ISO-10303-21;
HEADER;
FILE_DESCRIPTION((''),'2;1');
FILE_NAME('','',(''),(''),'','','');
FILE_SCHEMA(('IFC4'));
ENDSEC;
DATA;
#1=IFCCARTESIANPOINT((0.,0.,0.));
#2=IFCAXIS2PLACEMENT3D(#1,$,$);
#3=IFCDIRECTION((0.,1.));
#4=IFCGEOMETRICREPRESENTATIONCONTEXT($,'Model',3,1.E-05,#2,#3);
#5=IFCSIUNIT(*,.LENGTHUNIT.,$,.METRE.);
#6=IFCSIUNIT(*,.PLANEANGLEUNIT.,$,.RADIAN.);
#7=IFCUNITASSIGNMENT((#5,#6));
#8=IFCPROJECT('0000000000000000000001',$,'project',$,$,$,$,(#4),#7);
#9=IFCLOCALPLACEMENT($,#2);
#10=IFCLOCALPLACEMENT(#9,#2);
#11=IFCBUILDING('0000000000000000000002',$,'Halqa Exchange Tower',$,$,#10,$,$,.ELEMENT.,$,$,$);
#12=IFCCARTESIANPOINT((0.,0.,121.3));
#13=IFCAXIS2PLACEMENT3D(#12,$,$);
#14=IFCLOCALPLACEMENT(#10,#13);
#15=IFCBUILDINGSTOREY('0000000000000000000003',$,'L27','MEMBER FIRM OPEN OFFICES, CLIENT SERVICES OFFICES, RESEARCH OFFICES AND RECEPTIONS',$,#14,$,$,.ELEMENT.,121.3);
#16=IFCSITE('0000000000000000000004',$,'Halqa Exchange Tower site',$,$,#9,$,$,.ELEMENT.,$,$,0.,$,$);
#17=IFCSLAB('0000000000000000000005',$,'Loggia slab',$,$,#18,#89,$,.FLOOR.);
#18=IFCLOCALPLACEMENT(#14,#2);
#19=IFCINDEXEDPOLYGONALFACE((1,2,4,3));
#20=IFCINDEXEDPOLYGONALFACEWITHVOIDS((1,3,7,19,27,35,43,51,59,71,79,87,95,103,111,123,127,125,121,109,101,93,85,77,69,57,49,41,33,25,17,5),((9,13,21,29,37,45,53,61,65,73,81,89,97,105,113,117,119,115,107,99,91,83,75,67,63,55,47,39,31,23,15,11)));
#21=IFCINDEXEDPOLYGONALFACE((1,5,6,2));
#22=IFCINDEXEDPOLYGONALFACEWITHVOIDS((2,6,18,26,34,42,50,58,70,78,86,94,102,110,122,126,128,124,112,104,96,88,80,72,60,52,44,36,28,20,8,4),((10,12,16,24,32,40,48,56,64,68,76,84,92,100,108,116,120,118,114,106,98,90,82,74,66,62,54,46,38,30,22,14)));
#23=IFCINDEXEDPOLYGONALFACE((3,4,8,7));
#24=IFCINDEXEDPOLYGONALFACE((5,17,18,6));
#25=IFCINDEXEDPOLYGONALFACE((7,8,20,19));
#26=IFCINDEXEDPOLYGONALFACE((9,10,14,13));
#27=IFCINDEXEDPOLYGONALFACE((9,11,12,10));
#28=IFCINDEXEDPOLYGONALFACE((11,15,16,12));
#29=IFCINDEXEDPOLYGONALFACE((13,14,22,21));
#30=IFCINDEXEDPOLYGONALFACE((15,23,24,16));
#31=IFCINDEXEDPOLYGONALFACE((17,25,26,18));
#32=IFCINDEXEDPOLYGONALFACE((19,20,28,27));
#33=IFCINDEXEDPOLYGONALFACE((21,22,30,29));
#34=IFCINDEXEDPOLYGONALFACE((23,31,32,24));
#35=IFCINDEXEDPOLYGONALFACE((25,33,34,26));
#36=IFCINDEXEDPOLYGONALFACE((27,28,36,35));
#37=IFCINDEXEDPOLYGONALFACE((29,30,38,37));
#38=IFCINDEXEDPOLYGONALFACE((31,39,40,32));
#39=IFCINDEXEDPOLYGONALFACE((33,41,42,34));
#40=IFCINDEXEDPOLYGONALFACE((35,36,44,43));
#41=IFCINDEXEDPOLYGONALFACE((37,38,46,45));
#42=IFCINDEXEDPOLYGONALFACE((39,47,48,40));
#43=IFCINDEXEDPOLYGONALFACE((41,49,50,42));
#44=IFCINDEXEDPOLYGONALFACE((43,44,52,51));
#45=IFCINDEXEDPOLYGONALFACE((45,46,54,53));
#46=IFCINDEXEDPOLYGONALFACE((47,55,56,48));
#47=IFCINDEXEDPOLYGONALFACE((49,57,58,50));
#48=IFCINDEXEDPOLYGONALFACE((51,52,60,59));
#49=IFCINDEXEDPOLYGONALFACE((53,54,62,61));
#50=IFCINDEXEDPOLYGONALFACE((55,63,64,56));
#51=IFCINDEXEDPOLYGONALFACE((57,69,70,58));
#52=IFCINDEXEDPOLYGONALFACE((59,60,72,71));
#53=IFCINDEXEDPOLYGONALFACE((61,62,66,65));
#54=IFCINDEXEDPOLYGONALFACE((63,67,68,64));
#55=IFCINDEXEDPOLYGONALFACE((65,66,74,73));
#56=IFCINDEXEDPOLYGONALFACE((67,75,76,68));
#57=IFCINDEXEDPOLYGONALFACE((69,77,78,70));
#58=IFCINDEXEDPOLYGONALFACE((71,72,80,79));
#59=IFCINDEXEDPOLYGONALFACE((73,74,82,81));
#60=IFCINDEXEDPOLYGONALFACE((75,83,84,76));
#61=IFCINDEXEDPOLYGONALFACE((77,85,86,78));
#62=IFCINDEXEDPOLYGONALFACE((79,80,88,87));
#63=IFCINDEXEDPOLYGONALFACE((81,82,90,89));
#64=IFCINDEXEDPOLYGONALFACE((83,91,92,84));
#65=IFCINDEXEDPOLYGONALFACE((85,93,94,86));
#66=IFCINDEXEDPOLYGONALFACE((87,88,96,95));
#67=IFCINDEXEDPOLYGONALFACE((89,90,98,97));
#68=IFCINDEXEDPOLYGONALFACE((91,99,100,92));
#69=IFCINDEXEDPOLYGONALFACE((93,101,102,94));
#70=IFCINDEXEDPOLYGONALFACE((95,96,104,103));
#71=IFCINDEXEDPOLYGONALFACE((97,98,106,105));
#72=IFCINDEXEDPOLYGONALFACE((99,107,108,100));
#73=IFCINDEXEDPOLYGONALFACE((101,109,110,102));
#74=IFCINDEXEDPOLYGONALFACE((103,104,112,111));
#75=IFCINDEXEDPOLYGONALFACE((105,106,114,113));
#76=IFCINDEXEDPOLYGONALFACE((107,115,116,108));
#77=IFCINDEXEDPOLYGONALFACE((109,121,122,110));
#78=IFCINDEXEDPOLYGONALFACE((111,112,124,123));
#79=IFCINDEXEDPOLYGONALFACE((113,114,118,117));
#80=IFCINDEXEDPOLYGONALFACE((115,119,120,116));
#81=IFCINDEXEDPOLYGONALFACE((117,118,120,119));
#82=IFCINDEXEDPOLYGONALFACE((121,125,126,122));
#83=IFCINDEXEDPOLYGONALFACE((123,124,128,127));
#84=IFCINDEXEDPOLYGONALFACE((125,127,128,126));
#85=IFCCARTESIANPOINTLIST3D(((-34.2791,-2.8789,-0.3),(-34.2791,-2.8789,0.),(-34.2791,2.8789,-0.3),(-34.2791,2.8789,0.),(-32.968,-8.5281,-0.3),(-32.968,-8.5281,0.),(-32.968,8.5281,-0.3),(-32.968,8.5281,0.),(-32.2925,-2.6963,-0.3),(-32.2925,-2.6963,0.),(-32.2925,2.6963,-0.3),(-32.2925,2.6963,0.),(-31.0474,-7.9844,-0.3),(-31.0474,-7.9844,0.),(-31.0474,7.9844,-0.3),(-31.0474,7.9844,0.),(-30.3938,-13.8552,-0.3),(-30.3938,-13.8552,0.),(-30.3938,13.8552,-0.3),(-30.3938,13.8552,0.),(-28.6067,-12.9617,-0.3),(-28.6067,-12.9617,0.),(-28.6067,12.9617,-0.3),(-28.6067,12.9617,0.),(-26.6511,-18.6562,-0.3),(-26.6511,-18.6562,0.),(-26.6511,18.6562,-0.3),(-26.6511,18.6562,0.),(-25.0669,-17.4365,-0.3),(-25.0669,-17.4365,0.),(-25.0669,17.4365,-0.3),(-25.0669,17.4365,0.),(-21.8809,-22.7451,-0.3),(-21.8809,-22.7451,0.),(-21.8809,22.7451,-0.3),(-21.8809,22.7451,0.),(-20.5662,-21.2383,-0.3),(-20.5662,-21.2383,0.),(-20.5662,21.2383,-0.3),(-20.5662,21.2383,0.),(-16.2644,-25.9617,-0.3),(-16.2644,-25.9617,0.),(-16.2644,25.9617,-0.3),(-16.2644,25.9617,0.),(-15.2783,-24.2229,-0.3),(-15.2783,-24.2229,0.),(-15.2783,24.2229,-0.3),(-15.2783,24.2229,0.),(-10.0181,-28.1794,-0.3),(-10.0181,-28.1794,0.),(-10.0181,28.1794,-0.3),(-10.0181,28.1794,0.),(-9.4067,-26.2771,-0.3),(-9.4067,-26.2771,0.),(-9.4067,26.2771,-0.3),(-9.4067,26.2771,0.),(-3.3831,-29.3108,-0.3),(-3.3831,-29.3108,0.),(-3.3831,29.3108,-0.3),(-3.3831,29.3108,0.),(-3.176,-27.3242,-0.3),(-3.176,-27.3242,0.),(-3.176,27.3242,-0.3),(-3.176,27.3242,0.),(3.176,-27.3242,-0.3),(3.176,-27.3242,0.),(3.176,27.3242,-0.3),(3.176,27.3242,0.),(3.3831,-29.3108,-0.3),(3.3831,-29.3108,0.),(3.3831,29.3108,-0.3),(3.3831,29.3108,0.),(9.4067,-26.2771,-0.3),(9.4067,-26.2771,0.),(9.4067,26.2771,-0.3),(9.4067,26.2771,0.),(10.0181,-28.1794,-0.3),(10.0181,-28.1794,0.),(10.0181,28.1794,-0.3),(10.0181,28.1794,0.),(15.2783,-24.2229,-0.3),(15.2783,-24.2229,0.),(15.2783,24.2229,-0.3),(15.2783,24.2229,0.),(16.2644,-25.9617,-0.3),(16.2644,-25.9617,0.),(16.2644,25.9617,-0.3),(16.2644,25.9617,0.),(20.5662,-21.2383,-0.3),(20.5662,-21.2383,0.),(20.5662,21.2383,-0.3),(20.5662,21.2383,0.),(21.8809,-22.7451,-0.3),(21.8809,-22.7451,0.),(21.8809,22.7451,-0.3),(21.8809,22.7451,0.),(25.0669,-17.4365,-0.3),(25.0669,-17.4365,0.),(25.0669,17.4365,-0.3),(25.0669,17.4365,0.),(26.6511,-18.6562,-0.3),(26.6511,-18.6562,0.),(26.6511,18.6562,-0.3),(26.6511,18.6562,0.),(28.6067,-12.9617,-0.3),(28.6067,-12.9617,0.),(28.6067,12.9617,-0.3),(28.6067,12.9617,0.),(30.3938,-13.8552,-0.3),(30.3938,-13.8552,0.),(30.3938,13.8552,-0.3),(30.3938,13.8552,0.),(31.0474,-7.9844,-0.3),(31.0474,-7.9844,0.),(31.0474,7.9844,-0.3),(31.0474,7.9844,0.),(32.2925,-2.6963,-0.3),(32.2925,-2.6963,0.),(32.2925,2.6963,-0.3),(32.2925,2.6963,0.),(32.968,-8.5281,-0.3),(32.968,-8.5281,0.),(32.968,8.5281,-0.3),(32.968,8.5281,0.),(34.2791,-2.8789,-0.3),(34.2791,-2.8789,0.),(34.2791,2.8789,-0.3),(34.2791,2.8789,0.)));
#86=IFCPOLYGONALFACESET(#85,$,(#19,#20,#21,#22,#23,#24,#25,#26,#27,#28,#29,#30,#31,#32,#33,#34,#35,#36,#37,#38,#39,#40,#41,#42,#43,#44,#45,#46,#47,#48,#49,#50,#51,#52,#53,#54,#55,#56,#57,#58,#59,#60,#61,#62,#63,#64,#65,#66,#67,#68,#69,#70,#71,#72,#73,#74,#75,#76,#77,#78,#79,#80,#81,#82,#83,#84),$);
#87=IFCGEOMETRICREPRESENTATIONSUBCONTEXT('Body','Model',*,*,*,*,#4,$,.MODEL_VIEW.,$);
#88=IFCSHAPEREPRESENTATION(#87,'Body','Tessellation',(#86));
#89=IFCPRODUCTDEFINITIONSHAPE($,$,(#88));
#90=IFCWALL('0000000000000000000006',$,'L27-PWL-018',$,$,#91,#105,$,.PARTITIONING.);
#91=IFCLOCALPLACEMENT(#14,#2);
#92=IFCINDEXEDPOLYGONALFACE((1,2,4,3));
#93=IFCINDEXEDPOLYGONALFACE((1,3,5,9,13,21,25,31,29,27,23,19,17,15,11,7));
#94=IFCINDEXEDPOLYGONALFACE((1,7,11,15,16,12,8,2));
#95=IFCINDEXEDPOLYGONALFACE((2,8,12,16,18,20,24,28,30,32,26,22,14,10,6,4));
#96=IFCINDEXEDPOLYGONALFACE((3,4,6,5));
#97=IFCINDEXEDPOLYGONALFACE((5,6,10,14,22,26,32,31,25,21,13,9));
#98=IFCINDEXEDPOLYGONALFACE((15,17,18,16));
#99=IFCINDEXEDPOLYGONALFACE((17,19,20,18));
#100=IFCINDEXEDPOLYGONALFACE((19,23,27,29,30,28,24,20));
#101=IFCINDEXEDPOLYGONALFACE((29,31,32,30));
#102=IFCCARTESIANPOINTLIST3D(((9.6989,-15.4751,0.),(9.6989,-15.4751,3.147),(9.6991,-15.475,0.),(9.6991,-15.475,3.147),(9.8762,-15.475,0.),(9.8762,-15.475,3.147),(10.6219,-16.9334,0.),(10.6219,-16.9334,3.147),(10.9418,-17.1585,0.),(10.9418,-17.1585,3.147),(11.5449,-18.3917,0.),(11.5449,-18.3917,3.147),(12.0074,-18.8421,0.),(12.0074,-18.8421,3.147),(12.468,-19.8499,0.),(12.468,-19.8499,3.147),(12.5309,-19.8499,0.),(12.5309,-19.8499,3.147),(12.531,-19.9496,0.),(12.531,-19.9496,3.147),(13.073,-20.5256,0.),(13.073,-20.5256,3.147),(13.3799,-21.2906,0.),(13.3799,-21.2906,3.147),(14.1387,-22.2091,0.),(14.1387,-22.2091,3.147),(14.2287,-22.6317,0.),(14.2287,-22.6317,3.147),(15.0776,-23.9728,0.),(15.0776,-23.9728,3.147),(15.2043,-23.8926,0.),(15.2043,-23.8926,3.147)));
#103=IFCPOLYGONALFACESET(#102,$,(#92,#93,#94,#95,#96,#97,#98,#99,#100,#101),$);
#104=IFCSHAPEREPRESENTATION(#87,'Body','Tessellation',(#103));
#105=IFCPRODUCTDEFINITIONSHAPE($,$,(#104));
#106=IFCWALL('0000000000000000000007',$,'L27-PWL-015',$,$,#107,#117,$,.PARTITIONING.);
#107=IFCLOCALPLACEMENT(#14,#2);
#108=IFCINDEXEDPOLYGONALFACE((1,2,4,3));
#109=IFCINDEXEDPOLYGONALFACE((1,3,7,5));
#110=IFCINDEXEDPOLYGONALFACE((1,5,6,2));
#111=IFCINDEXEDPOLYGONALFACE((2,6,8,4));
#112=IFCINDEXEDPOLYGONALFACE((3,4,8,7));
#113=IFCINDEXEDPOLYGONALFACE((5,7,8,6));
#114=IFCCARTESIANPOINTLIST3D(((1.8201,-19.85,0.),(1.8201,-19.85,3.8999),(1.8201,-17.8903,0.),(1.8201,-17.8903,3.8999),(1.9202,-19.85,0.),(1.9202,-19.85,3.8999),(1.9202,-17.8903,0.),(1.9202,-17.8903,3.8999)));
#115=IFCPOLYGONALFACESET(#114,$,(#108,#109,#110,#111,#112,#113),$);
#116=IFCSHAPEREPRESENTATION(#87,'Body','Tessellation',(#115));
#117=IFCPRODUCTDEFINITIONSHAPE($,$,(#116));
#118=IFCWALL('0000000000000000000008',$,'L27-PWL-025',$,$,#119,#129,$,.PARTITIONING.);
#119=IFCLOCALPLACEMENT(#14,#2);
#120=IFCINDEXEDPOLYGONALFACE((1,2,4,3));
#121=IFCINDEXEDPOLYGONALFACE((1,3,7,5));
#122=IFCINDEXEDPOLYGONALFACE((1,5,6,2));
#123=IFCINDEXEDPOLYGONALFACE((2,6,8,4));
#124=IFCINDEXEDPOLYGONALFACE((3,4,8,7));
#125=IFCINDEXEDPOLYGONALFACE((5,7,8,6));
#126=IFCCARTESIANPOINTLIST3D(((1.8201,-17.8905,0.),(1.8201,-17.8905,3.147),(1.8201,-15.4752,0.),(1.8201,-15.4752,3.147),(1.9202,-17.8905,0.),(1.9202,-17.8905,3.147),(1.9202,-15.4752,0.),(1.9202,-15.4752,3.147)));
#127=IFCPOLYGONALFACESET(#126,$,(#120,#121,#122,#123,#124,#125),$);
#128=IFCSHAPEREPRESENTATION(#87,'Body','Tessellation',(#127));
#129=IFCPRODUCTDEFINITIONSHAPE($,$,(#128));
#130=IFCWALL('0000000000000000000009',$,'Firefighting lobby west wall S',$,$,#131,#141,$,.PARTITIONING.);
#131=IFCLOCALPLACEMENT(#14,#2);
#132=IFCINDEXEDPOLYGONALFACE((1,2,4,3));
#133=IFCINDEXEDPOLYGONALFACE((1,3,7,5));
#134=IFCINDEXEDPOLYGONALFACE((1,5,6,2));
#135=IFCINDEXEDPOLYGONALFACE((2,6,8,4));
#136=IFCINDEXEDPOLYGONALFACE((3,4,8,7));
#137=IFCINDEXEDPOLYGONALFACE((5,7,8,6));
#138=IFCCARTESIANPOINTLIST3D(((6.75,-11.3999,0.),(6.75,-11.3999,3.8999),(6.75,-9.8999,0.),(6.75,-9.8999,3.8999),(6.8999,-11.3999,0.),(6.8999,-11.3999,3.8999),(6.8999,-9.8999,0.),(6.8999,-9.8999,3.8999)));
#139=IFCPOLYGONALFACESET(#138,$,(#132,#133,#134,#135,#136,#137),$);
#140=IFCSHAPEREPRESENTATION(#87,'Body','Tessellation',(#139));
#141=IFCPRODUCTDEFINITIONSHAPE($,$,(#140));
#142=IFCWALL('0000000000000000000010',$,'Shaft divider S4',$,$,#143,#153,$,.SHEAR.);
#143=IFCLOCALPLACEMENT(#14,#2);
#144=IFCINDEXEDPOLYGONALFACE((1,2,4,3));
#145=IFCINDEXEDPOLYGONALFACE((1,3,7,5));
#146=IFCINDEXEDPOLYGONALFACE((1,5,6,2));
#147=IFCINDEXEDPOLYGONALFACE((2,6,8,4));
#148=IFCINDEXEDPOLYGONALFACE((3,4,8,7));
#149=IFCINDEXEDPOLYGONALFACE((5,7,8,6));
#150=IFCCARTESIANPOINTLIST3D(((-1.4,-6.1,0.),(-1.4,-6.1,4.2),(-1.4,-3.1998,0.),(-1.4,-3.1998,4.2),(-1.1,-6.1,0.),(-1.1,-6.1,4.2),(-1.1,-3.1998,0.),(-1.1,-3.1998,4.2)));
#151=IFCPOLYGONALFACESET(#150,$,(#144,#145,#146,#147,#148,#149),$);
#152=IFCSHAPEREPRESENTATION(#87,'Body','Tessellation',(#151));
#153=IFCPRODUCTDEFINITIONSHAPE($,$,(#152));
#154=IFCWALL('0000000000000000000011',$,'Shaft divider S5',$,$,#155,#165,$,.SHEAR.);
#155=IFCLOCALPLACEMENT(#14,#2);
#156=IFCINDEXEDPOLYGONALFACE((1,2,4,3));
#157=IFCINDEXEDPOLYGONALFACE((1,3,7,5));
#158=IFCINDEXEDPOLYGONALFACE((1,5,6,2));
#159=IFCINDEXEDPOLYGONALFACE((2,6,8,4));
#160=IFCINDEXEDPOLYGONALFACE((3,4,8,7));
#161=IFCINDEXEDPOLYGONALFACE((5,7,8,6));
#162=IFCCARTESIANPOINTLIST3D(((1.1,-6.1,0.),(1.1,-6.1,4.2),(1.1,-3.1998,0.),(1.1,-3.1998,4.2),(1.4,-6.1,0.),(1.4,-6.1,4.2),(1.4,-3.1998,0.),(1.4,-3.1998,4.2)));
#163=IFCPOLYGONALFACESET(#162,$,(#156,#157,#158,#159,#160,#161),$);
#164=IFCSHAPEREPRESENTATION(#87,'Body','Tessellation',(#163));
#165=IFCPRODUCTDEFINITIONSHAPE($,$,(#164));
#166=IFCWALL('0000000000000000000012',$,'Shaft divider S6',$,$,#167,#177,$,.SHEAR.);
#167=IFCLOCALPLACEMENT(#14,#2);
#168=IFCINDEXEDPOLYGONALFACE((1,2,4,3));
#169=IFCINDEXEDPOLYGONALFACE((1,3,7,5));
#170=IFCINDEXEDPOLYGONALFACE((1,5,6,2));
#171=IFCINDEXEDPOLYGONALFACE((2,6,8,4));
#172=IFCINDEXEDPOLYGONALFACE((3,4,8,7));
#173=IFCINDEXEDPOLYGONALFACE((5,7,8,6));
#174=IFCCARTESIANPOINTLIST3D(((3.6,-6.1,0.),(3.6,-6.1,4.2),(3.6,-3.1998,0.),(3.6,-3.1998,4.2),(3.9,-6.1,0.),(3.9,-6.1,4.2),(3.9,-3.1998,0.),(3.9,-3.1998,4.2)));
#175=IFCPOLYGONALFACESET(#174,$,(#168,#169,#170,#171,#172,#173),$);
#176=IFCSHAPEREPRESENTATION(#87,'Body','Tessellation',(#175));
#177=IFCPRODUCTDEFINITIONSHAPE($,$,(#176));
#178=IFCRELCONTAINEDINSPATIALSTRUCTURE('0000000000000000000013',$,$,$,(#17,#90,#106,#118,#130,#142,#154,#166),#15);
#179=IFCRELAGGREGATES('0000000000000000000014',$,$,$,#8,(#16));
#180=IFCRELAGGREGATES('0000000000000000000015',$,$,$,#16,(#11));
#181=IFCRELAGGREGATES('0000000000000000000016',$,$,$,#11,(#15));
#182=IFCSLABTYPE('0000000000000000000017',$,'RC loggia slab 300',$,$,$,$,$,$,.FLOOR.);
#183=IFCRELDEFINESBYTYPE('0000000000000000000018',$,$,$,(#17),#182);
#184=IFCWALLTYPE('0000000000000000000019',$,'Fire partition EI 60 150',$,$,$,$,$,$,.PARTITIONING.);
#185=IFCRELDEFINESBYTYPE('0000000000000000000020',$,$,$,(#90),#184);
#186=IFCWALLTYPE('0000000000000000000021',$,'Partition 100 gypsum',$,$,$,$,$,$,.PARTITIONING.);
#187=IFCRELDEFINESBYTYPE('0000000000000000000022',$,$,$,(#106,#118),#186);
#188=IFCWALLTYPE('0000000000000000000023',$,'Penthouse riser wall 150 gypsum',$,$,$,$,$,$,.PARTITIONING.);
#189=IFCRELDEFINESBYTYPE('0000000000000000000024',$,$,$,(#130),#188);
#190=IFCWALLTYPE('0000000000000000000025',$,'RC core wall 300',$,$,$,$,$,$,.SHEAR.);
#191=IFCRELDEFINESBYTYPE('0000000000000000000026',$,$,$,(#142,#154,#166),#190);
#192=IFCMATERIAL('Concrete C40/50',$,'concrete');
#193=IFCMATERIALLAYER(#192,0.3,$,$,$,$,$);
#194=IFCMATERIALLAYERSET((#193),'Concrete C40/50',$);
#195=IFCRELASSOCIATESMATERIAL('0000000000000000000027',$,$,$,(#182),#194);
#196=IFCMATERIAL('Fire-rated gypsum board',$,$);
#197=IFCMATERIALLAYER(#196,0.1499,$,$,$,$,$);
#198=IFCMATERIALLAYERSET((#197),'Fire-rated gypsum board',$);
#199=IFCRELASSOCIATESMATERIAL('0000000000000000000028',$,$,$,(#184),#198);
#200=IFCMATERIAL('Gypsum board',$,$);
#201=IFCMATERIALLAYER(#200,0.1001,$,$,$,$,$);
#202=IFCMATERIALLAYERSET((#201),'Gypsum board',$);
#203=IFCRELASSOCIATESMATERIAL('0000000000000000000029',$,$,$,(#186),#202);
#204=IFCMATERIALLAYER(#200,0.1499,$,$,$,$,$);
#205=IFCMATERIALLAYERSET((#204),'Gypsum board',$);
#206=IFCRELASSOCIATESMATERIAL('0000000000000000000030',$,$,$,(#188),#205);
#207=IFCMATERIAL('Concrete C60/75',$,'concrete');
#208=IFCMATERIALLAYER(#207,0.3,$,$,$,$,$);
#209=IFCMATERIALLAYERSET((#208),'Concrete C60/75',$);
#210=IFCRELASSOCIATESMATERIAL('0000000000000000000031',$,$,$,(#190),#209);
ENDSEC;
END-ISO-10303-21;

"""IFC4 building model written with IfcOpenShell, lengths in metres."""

from ifc_helpers import new_model, si_unit, direction, frame, frame_2d, origin, place, context, subcontext, project, spatial, polyline, rectangle, outline, extrude, material, layer, layer_set, type_object, element, save


model = new_model("IFC4")

# Units and contexts
model_context = context("Model", 3, precision=1e-05, world=origin(), true_north=direction((0.0, 1.0)))
body_context = subcontext(model_context, "Body", "Model", "MODEL_VIEW")
ifc_project = project(units=[si_unit("LENGTHUNIT", "METRE"), si_unit("PLANEANGLEUNIT", "RADIAN")], contexts=[model_context])

# Site, building, storey
site_placement = place(None, origin())
site = spatial("IfcSite", under=ifc_project, at=site_placement, Name="Halqa Exchange Tower site", CompositionType="ELEMENT", RefElevation=0.0)
building_placement = place(site_placement, origin())
building = spatial("IfcBuilding", under=site, at=building_placement, Name="Halqa Exchange Tower", CompositionType="ELEMENT")
storey_placement = place(building_placement, frame((0.0, 0.0, 121.3)))
storey = spatial("IfcBuildingStorey", under=building, at=storey_placement, Name="L27", Description="MEMBER FIRM OPEN OFFICES, CLIENT SERVICES OFFICES, RESEARCH OFFICES AND RECEPTIONS", CompositionType="ELEMENT", Elevation=121.3)

# Shared definitions
ifc_material_1 = material(Name="Concrete C60/75", Category="concrete")

# Slab
ifc_material_2 = material(Name="Concrete C40/50", Category="concrete")
ifc_layer_1 = layer(ifc_material_2, 0.3)
ifc_layer_set_1 = layer_set([ifc_layer_1], Name="Concrete C40/50")
slab_type_1 = type_object("IfcSlabType", Name="RC loggia slab 300", PredefinedType="FLOOR", material=ifc_layer_set_1)
slab_1_placement = place(storey_placement, frame((0.0, 0.0, -0.3)))
element("IfcSlab", 1, at=slab_1_placement, inside=storey, type_object=slab_type_1, Name="Loggia slab", PredefinedType="FLOOR", context=body_context, shape_type="SweptSolid", body=[
    extrude(outline(polyline([(34.2791, 2.8789), (34.2791, -2.8789), (32.968, -8.5281), (30.3938, -13.8552), (26.6511, -18.6562), (21.8809, -22.7451), (16.2644, -25.9617), (10.0181, -28.1794), (3.3831, -29.3108), (-3.3831, -29.3108), (-10.0181, -28.1794), (-16.2644, -25.9617), (-21.8809, -22.7451), (-26.6511, -18.6562), (-30.3938, -13.8552), (-32.968, -8.5281), (-34.2791, -2.8789), (-34.2791, 2.8789), (-32.968, 8.5281), (-30.3938, 13.8552), (-26.6511, 18.6562), (-21.8809, 22.7451), (-16.2644, 25.9617), (-10.0181, 28.1794), (-3.3831, 29.3108), (3.3831, 29.3108), (10.0181, 28.1794), (16.2644, 25.9617), (21.8809, 22.7451), (26.6511, 18.6562), (30.3938, 13.8552), (32.968, 8.5281), (34.2791, 2.8789)]), holes=[polyline([(32.2925, 2.6963), (31.0474, 7.9844), (28.6067, 12.9617), (25.0669, 17.4365), (20.5662, 21.2383), (15.2783, 24.2229), (9.4067, 26.2771), (3.176, 27.3242), (-3.176, 27.3242), (-9.4067, 26.2771), (-15.2783, 24.2229), (-20.5662, 21.2383), (-25.0669, 17.4365), (-28.6067, 12.9617), (-31.0474, 7.9844), (-32.2925, 2.6963), (-32.2925, -2.6963), (-31.0474, -7.9844), (-28.6067, -12.9617), (-25.0669, -17.4365), (-20.5662, -21.2383), (-15.2783, -24.2229), (-9.4067, -26.2771), (-3.176, -27.3242), (3.176, -27.3242), (9.4067, -26.2771), (15.2783, -24.2229), (20.5662, -21.2383), (25.0669, -17.4365), (28.6067, -12.9617), (31.0474, -7.9844), (32.2925, -2.6963), (32.2925, 2.6963)])]), origin(), (0.0, 0.0, 1.0), 0.3),
])

# Walls
ifc_material_3 = material(Name="Fire-rated gypsum board")
ifc_layer_2 = layer(ifc_material_3, 0.1499)
ifc_layer_set_2 = layer_set([ifc_layer_2], Name="Fire-rated gypsum board")
wall_type_1 = type_object("IfcWallType", Name="Fire partition EI 60 150", PredefinedType="PARTITIONING", material=ifc_layer_set_2)
wall_1_placement = place(storey_placement, frame((9.7622, -15.4351, 0.0), z_axis=(0.0, 0.0, 1.0), x_axis=(0.53483, -0.84496, 0.0)))
element("IfcWall", 2, at=wall_1_placement, inside=storey, type_object=wall_type_1, Name="L27-PWL-018", PredefinedType="PARTITIONING", context=body_context, shape_type="SweptSolid", body=[
    extrude(outline(polyline([(0.0, -0.075), (1.7258, -0.075), (3.4517, -0.075), (5.1775, -0.075), (5.2112, -0.0217), (5.2954, -0.075), (6.8826, -0.075), (8.4697, -0.075), (10.0569, -0.075), (10.0569, 0.075), (8.0645, 0.075), (6.072, 0.075), (4.0796, 0.075), (2.0872, 0.075), (0.0947, 0.075), (0.0, -0.0747), (0.0, -0.075)])), origin(), (0.0, 0.0, 1.0), 3.147),
])
ifc_material_4 = material(Name="Gypsum board")
ifc_layer_3 = layer(ifc_material_4, 0.1001)
ifc_layer_set_3 = layer_set([ifc_layer_3], Name="Gypsum board")
wall_type_2 = type_object("IfcWallType", Name="Partition 100 gypsum", PredefinedType="PARTITIONING", material=ifc_layer_set_3)
wall_2_placement = place(storey_placement, frame((1.8701, -19.8501, 0.0), z_axis=(0.0, 0.0, 1.0), x_axis=(0.0, 1.0, 0.0)))
element("IfcWall", 3, at=wall_2_placement, inside=storey, type_object=wall_type_2, Name="L27-PWL-015", PredefinedType="PARTITIONING", context=body_context, shape_type="SweptSolid", body=[
    extrude(rectangle(XDim=1.9597, YDim=0.1001, at=frame_2d((0.98, 0.0))), origin(), (0.0, 0.0, 1.0), 3.8999),
])
wall_3_placement = place(storey_placement, frame((1.8701, -17.8904, 0.0), z_axis=(0.0, 0.0, 1.0), x_axis=(0.0, 1.0, 0.0)))
element("IfcWall", 4, at=wall_3_placement, inside=storey, type_object=wall_type_2, Name="L27-PWL-025", PredefinedType="PARTITIONING", context=body_context, shape_type="SweptSolid", body=[
    extrude(rectangle(XDim=2.4153, YDim=0.1001, at=frame_2d((1.2075, 0.0))), origin(), (0.0, 0.0, 1.0), 3.147),
])
ifc_layer_4 = layer(ifc_material_4, 0.1499)
ifc_layer_set_4 = layer_set([ifc_layer_4], Name="Gypsum board")
wall_type_3 = type_object("IfcWallType", Name="Penthouse riser wall 150 gypsum", PredefinedType="PARTITIONING", material=ifc_layer_set_4)
wall_4_placement = place(storey_placement, frame((6.825, -11.3999, 0.0), z_axis=(0.0, 0.0, 1.0), x_axis=(0.0, 1.0, 0.0)))
element("IfcWall", 5, at=wall_4_placement, inside=storey, type_object=wall_type_3, Name="Firefighting lobby west wall S", PredefinedType="PARTITIONING", context=body_context, shape_type="SweptSolid", body=[
    extrude(rectangle(XDim=1.5, YDim=0.1499, at=frame_2d((0.75, 0.0))), origin(), (0.0, 0.0, 1.0), 3.8999),
])
ifc_layer_5 = layer(ifc_material_1, 0.3)
ifc_layer_set_5 = layer_set([ifc_layer_5], Name="Concrete C60/75")
wall_type_4 = type_object("IfcWallType", Name="RC core wall 300", PredefinedType="SHEAR", material=ifc_layer_set_5)
for number, where, z_axis, x_axis, name in (
    (6, (-1.25, -6.1001, 0.0), (0.0, 0.0, 1.0), (0.0, 1.0, 0.0), "Shaft divider S4"),
    (7, (1.25, -6.1001, 0.0), (0.0, 0.0, 1.0), (0.0, 1.0, 0.0), "Shaft divider S5"),
    (8, (3.75, -6.1001, 0.0), (0.0, 0.0, 1.0), (0.0, 1.0, 0.0), "Shaft divider S6"),
):
    element("IfcWall", number, at=place(storey_placement, frame(where, z_axis=z_axis, x_axis=x_axis)), inside=storey, type_object=wall_type_4, Name=name, PredefinedType="SHEAR", context=body_context, shape_type="SweptSolid", body=[
        extrude(rectangle(XDim=2.9001, YDim=0.3, at=frame_2d((1.4502, 0.0))), origin(), (0.0, 0.0, 1.0), 4.2),
    ])

save(model, "model.ifc")
